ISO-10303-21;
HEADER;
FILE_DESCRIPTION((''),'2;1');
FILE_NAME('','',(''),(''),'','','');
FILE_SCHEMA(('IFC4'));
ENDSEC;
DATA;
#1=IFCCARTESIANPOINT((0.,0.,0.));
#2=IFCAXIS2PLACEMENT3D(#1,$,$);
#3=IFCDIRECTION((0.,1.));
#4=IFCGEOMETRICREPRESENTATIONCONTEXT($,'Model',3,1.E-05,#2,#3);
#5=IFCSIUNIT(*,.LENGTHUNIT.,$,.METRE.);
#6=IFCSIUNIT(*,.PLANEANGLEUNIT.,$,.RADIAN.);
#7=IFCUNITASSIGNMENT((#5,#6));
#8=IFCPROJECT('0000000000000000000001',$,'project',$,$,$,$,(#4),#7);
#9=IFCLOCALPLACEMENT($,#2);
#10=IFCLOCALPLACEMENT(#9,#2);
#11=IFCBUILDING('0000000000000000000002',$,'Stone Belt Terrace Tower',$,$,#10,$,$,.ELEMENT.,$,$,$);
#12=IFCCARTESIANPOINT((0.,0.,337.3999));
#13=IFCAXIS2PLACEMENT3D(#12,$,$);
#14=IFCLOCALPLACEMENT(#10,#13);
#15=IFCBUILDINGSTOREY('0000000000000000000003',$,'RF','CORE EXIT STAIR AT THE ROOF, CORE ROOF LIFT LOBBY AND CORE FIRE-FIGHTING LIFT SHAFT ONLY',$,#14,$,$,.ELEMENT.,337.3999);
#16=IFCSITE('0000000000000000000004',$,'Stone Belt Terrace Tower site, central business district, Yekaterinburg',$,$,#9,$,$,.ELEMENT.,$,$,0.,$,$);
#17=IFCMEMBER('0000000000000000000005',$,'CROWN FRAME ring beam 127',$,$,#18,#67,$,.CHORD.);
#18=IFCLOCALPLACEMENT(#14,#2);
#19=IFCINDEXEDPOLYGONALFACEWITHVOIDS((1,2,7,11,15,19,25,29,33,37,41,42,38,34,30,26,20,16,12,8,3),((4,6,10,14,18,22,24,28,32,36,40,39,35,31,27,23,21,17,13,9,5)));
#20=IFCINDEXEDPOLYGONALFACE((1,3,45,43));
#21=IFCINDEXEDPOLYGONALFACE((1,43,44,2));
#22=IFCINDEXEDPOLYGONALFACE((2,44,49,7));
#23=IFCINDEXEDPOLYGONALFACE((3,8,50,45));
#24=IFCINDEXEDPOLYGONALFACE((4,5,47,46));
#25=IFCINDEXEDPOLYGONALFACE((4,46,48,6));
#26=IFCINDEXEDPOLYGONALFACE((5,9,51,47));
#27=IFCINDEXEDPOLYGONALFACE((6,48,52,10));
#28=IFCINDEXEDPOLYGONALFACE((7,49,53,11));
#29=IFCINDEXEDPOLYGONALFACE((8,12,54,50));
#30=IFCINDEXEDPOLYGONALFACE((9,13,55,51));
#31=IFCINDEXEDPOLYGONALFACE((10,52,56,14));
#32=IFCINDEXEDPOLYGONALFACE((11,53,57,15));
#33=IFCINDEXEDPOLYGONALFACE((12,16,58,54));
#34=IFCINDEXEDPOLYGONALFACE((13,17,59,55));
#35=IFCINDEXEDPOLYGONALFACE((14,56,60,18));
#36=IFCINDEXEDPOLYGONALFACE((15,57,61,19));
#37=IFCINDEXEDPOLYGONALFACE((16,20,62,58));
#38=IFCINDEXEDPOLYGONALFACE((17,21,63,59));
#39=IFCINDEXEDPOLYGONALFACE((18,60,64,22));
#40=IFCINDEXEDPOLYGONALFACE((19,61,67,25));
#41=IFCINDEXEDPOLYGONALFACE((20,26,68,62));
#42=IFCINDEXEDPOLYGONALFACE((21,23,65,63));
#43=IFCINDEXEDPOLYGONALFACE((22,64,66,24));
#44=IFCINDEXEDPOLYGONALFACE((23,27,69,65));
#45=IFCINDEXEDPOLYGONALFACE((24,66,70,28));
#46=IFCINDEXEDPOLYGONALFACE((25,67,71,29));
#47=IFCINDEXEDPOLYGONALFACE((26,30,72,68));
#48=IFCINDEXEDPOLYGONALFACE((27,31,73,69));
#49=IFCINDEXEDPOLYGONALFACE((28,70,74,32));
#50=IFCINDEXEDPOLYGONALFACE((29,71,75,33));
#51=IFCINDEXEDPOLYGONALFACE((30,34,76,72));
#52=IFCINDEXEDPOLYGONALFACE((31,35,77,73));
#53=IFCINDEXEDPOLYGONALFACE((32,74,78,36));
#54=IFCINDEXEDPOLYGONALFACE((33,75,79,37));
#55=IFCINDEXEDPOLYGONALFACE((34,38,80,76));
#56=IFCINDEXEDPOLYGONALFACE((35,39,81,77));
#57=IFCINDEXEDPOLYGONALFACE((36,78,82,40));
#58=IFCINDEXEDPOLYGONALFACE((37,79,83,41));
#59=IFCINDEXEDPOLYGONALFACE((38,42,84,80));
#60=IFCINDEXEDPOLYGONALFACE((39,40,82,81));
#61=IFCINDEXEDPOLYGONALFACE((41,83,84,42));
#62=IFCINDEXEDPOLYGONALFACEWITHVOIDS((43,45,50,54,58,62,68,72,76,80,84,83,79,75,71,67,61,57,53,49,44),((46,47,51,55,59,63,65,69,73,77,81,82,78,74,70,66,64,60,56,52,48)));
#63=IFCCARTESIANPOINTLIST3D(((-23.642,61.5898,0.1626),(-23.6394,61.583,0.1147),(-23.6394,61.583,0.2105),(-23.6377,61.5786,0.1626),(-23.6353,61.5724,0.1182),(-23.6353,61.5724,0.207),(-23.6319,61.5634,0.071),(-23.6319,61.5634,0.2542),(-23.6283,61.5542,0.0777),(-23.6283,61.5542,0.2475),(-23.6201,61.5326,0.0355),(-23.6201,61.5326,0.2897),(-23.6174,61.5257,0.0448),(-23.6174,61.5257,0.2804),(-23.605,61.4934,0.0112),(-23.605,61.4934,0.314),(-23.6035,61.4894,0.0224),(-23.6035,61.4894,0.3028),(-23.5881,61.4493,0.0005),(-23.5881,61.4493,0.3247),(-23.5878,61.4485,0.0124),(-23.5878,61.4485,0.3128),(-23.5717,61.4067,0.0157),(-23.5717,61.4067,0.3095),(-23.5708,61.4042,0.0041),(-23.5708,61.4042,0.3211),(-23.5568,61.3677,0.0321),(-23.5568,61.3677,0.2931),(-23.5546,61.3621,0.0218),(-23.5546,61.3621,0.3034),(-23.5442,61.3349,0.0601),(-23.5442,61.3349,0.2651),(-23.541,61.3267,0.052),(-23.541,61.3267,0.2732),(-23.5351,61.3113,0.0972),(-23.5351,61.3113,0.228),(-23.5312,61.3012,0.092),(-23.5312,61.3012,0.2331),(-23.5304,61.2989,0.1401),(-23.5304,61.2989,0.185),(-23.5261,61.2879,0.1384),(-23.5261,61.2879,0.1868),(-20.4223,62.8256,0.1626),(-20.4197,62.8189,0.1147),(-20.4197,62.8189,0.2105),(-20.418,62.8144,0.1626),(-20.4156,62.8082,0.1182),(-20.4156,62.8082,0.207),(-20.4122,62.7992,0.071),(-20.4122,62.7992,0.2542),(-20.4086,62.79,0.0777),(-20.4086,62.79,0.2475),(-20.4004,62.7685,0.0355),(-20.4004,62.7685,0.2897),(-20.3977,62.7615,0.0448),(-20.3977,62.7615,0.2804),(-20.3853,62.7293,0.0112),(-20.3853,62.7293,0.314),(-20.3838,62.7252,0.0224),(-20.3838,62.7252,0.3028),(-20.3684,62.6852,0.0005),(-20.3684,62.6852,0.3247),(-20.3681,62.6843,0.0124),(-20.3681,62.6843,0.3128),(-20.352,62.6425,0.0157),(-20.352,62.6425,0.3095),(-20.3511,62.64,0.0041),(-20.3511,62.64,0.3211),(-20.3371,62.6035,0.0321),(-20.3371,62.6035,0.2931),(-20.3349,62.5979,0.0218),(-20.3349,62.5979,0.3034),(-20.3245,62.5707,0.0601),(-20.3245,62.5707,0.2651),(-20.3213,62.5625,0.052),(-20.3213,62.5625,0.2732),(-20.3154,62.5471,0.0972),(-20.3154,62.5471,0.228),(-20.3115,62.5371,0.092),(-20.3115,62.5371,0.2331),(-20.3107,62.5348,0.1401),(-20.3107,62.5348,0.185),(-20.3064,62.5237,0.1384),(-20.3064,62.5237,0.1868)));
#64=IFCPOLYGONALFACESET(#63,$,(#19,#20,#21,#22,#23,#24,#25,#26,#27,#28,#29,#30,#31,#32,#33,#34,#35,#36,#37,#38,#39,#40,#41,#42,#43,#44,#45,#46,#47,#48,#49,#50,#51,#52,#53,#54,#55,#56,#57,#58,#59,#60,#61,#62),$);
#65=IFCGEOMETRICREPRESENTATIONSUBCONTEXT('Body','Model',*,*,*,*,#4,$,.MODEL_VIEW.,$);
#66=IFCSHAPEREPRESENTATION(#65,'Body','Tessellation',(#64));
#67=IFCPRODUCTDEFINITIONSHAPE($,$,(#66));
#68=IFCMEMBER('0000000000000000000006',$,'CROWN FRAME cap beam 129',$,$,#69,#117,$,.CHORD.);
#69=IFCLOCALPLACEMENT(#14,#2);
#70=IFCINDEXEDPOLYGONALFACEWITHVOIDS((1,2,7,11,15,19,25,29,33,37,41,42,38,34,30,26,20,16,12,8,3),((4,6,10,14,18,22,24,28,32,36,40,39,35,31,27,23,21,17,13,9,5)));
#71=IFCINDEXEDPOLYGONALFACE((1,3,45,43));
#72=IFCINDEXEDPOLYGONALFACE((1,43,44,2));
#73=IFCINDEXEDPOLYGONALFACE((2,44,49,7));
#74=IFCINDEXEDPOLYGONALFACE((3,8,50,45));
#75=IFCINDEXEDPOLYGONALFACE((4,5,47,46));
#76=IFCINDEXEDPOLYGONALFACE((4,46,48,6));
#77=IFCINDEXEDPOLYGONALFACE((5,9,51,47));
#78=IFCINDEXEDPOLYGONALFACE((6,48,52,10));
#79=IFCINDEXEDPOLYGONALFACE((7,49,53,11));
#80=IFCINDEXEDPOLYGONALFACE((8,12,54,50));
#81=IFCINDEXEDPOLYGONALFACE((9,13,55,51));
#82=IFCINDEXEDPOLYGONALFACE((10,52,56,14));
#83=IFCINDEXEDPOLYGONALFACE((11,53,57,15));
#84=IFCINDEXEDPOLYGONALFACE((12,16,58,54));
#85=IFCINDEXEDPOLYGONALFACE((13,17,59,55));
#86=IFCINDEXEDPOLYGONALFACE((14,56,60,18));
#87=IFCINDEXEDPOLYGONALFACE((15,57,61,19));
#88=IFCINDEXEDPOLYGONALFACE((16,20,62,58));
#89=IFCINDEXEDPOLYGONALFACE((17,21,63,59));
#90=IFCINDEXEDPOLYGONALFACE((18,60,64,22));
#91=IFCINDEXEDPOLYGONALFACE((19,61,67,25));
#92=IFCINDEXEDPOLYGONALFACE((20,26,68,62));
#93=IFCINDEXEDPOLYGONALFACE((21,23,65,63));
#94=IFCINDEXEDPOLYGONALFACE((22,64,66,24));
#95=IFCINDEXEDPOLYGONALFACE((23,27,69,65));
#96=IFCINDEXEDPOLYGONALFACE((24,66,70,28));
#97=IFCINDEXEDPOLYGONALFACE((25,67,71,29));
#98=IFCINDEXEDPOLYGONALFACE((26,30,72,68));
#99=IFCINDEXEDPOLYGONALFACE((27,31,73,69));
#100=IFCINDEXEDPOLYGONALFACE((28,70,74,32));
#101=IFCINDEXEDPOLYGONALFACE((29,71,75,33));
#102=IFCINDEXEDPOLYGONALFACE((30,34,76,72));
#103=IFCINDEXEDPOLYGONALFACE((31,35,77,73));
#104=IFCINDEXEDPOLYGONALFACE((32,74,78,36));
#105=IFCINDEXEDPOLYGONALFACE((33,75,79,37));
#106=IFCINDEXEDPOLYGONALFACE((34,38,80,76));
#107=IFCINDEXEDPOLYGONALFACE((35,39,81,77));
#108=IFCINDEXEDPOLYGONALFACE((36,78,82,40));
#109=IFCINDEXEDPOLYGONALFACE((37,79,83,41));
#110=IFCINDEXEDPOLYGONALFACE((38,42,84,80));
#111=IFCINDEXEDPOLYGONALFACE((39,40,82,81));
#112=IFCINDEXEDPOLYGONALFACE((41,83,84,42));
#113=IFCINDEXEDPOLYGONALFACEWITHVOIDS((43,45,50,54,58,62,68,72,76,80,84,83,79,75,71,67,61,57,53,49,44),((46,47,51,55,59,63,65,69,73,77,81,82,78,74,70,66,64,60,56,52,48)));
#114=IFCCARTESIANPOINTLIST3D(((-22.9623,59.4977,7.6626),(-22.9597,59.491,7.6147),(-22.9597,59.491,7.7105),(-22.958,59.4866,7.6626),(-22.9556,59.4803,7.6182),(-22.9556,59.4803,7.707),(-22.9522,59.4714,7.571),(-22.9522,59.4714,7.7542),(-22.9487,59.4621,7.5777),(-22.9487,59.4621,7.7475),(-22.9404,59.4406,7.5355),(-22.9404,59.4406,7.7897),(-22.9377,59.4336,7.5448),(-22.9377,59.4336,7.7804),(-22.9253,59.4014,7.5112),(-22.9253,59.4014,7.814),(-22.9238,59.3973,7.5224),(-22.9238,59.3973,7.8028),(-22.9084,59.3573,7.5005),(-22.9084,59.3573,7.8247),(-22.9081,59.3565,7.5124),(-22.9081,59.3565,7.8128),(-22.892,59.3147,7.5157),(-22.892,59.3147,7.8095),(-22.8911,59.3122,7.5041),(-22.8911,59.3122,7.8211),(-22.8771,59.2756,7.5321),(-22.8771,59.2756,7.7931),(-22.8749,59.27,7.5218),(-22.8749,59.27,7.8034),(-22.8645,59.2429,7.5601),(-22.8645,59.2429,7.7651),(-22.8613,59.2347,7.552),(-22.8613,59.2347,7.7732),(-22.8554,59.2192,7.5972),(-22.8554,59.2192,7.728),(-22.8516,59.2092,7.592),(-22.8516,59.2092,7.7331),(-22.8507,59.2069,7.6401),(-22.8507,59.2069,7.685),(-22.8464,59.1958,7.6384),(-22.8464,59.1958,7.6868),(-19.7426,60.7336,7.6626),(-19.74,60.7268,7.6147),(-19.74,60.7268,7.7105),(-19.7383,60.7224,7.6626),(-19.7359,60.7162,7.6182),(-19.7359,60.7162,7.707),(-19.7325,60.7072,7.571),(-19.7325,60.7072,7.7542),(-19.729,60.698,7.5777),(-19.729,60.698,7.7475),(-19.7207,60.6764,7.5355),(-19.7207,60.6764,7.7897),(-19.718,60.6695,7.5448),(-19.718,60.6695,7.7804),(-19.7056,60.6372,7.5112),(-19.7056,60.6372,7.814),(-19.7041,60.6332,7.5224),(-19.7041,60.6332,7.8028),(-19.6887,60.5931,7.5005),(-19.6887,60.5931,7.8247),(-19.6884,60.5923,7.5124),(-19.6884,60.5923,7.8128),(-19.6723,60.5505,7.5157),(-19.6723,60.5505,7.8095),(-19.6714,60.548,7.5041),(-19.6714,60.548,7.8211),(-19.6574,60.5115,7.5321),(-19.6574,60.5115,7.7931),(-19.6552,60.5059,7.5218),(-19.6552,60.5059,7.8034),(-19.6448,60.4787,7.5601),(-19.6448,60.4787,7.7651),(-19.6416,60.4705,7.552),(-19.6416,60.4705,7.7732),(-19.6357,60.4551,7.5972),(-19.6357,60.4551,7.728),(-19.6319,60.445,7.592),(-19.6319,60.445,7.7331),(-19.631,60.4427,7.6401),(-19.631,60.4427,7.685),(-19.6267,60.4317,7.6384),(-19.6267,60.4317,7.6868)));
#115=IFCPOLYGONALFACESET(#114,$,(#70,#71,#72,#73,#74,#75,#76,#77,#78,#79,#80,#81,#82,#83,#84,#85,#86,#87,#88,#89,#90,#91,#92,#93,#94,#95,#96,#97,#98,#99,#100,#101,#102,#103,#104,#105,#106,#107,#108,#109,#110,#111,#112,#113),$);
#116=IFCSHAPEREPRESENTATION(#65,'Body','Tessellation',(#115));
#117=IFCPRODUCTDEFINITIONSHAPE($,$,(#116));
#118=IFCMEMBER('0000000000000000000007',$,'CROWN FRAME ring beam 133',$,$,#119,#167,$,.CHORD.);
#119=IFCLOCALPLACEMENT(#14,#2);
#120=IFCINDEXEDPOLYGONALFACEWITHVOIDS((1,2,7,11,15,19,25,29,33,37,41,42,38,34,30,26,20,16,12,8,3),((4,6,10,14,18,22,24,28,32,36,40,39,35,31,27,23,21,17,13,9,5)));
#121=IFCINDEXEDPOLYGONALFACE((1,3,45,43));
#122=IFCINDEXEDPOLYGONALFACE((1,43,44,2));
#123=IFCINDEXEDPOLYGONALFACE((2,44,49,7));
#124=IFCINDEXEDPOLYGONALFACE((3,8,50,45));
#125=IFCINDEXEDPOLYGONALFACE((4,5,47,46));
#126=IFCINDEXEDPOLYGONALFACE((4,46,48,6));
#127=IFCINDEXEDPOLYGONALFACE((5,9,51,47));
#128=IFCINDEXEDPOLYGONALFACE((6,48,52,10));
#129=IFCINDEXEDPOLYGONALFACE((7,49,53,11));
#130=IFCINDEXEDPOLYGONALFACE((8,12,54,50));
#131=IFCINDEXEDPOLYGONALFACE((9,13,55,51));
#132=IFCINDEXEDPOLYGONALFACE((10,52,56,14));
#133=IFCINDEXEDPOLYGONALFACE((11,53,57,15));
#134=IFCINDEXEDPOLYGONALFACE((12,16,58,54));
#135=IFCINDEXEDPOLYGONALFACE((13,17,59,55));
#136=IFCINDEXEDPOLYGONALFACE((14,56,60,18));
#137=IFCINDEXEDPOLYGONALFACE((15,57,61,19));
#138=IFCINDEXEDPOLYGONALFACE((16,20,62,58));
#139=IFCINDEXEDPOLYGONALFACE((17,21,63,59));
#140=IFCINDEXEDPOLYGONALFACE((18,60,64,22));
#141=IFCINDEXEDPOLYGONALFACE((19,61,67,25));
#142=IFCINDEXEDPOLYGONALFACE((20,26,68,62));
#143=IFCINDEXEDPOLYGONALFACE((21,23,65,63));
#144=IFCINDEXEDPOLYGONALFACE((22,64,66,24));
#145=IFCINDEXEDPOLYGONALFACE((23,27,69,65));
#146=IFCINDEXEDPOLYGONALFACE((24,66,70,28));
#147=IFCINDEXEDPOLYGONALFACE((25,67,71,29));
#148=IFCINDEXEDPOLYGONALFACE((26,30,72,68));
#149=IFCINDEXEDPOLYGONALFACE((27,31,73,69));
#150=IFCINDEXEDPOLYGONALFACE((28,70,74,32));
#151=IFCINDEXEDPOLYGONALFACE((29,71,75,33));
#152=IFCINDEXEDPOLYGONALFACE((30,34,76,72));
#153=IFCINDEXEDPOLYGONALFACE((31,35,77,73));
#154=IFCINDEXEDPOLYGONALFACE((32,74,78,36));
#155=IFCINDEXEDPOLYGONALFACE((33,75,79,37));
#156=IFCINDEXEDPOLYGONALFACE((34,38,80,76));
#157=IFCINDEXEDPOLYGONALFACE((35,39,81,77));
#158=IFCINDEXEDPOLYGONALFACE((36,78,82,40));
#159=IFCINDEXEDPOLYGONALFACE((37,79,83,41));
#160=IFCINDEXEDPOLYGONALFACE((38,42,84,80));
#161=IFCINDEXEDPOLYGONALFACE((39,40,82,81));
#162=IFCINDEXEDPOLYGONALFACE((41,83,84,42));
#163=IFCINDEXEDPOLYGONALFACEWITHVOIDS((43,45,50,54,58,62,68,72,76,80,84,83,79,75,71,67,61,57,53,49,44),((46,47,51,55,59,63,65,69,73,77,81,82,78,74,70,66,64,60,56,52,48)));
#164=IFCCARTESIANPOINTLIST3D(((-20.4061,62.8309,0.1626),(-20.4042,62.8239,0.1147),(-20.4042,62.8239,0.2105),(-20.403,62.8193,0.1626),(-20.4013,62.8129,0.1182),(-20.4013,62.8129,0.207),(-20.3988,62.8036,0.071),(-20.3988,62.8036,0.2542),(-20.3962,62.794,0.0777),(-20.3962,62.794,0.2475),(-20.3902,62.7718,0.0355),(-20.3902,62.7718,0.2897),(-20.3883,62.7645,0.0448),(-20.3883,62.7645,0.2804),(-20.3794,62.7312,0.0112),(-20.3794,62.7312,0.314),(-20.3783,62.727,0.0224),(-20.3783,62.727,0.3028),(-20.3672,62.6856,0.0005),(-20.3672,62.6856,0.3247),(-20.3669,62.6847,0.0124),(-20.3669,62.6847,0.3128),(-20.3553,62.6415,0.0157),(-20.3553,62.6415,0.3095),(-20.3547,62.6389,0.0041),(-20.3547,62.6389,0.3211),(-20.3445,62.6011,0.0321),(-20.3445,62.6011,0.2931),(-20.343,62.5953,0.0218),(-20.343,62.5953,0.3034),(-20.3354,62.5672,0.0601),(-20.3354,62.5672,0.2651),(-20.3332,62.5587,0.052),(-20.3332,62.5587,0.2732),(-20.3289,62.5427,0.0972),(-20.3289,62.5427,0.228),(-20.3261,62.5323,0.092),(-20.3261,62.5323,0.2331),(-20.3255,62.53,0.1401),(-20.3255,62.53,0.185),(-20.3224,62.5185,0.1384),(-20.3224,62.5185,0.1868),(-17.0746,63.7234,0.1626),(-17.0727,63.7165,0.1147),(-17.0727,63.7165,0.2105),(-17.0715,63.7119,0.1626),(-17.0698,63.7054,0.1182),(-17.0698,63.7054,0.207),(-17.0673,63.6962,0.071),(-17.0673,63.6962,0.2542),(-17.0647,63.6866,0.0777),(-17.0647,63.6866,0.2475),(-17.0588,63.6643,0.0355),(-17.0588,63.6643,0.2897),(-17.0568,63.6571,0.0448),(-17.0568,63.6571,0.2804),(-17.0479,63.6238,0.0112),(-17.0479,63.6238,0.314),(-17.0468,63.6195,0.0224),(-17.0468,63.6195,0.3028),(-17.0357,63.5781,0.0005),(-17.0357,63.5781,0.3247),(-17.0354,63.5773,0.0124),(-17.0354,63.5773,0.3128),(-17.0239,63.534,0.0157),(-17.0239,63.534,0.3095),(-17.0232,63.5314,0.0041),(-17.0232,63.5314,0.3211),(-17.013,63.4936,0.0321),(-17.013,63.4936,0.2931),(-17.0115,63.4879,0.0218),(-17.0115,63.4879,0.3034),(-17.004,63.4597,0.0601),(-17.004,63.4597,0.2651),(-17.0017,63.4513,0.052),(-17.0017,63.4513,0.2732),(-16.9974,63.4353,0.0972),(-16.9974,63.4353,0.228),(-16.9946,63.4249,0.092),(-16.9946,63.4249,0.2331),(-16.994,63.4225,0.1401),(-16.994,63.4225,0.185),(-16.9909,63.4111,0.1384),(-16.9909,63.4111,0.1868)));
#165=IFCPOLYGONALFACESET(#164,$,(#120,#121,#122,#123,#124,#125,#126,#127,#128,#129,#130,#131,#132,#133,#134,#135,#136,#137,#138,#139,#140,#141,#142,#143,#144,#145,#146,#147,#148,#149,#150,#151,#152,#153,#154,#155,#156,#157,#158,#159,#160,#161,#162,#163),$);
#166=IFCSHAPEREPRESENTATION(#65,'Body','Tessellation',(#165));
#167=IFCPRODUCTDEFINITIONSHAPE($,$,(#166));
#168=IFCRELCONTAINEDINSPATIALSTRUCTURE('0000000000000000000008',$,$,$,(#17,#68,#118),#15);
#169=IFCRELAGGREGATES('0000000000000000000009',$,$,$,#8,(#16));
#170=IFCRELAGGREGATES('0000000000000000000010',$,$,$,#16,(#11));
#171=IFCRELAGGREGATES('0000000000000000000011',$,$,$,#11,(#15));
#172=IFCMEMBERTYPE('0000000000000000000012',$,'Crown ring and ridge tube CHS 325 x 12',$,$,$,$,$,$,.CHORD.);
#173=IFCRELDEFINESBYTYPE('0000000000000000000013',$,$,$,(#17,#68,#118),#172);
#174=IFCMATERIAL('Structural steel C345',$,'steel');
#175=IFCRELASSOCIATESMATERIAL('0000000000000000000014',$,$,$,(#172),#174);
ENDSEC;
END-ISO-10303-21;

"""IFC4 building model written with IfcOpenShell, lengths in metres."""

from ifc_helpers import new_model, si_unit, direction, frame, origin, origin_2d, place, context, subcontext, project, spatial, hollow_circle, extrude, material, material_profile, profile_set, type_object, element, save


model = new_model("IFC4")

# Units and contexts
model_context = context("Model", 3, precision=1e-05, world=origin(), true_north=direction((0.0, 1.0)))
body_context = subcontext(model_context, "Body", "Model", "MODEL_VIEW")
ifc_project = project(units=[si_unit("LENGTHUNIT", "METRE"), si_unit("PLANEANGLEUNIT", "RADIAN")], contexts=[model_context])

# Site, building, storey
site_placement = place(None, origin())
site = spatial("IfcSite", under=ifc_project, at=site_placement, Name="Stone Belt Terrace Tower site, central business district, Yekaterinburg", CompositionType="ELEMENT", RefElevation=0.0)
building_placement = place(site_placement, origin())
building = spatial("IfcBuilding", under=site, at=building_placement, Name="Stone Belt Terrace Tower", CompositionType="ELEMENT")
storey_placement = place(building_placement, frame((0.0, 0.0, 337.3999)))
storey = spatial("IfcBuildingStorey", under=building, at=storey_placement, Name="RF", Description="CORE EXIT STAIR AT THE ROOF, CORE ROOF LIFT LOBBY AND CORE FIRE-FIGHTING LIFT SHAFT ONLY", CompositionType="ELEMENT", Elevation=337.3999)

# Members
ifc_material_1 = material(Name="Structural steel C345", Category="steel")
ifc_material_profile_1 = material_profile(ifc_material_1, hollow_circle(Radius=0.1626, WallThickness=0.012, at=origin_2d()), Name="Structural steel C345 CHS 325x12")
ifc_profile_set_1 = profile_set([ifc_material_profile_1], Name="Structural steel C345")
member_type_1 = type_object("IfcMemberType", Name="Crown ring and ridge tube CHS 325 x 12", PredefinedType="CHORD", material=ifc_profile_set_1)
for number, where, z_axis, x_axis, name in (
    (1, (-23.5837, 61.438, 0.1626), (0.93359, 0.358343, 0.0), (-0.358343, 0.93359, 0.0), "CROWN FRAME ring beam 127"),
    (2, (-22.9041, 59.3459, 7.6626), (0.93359, 0.358343, 0.0), (-0.358343, 0.93359, 0.0), "CROWN FRAME cap beam 129"),
):
    element("IfcMember", number, at=place(storey_placement, frame(where, z_axis=z_axis, x_axis=x_axis)), inside=storey, type_object=member_type_1, Name=name, PredefinedType="CHORD", context=body_context, shape_type="SweptSolid", body=[
        extrude(hollow_circle(Radius=0.1626, WallThickness=0.012, at=origin_2d()), origin(), (0.0, 0.0, 1.0), 3.4487),
    ])
member_1_placement = place(storey_placement, frame((-20.364, 62.6738, 0.1626), z_axis=(0.965934, 0.25879, 0.0), x_axis=(-0.25879, 0.965934, 0.0)))
element("IfcMember", 3, at=member_1_placement, inside=storey, type_object=member_type_1, Name="CROWN FRAME ring beam 133", PredefinedType="CHORD", context=body_context, shape_type="SweptSolid", body=[
    extrude(hollow_circle(Radius=0.1626, WallThickness=0.012, at=origin_2d()), origin(), (0.0, 0.0, 1.0), 3.449),
])

save(model, "model.ifc")
